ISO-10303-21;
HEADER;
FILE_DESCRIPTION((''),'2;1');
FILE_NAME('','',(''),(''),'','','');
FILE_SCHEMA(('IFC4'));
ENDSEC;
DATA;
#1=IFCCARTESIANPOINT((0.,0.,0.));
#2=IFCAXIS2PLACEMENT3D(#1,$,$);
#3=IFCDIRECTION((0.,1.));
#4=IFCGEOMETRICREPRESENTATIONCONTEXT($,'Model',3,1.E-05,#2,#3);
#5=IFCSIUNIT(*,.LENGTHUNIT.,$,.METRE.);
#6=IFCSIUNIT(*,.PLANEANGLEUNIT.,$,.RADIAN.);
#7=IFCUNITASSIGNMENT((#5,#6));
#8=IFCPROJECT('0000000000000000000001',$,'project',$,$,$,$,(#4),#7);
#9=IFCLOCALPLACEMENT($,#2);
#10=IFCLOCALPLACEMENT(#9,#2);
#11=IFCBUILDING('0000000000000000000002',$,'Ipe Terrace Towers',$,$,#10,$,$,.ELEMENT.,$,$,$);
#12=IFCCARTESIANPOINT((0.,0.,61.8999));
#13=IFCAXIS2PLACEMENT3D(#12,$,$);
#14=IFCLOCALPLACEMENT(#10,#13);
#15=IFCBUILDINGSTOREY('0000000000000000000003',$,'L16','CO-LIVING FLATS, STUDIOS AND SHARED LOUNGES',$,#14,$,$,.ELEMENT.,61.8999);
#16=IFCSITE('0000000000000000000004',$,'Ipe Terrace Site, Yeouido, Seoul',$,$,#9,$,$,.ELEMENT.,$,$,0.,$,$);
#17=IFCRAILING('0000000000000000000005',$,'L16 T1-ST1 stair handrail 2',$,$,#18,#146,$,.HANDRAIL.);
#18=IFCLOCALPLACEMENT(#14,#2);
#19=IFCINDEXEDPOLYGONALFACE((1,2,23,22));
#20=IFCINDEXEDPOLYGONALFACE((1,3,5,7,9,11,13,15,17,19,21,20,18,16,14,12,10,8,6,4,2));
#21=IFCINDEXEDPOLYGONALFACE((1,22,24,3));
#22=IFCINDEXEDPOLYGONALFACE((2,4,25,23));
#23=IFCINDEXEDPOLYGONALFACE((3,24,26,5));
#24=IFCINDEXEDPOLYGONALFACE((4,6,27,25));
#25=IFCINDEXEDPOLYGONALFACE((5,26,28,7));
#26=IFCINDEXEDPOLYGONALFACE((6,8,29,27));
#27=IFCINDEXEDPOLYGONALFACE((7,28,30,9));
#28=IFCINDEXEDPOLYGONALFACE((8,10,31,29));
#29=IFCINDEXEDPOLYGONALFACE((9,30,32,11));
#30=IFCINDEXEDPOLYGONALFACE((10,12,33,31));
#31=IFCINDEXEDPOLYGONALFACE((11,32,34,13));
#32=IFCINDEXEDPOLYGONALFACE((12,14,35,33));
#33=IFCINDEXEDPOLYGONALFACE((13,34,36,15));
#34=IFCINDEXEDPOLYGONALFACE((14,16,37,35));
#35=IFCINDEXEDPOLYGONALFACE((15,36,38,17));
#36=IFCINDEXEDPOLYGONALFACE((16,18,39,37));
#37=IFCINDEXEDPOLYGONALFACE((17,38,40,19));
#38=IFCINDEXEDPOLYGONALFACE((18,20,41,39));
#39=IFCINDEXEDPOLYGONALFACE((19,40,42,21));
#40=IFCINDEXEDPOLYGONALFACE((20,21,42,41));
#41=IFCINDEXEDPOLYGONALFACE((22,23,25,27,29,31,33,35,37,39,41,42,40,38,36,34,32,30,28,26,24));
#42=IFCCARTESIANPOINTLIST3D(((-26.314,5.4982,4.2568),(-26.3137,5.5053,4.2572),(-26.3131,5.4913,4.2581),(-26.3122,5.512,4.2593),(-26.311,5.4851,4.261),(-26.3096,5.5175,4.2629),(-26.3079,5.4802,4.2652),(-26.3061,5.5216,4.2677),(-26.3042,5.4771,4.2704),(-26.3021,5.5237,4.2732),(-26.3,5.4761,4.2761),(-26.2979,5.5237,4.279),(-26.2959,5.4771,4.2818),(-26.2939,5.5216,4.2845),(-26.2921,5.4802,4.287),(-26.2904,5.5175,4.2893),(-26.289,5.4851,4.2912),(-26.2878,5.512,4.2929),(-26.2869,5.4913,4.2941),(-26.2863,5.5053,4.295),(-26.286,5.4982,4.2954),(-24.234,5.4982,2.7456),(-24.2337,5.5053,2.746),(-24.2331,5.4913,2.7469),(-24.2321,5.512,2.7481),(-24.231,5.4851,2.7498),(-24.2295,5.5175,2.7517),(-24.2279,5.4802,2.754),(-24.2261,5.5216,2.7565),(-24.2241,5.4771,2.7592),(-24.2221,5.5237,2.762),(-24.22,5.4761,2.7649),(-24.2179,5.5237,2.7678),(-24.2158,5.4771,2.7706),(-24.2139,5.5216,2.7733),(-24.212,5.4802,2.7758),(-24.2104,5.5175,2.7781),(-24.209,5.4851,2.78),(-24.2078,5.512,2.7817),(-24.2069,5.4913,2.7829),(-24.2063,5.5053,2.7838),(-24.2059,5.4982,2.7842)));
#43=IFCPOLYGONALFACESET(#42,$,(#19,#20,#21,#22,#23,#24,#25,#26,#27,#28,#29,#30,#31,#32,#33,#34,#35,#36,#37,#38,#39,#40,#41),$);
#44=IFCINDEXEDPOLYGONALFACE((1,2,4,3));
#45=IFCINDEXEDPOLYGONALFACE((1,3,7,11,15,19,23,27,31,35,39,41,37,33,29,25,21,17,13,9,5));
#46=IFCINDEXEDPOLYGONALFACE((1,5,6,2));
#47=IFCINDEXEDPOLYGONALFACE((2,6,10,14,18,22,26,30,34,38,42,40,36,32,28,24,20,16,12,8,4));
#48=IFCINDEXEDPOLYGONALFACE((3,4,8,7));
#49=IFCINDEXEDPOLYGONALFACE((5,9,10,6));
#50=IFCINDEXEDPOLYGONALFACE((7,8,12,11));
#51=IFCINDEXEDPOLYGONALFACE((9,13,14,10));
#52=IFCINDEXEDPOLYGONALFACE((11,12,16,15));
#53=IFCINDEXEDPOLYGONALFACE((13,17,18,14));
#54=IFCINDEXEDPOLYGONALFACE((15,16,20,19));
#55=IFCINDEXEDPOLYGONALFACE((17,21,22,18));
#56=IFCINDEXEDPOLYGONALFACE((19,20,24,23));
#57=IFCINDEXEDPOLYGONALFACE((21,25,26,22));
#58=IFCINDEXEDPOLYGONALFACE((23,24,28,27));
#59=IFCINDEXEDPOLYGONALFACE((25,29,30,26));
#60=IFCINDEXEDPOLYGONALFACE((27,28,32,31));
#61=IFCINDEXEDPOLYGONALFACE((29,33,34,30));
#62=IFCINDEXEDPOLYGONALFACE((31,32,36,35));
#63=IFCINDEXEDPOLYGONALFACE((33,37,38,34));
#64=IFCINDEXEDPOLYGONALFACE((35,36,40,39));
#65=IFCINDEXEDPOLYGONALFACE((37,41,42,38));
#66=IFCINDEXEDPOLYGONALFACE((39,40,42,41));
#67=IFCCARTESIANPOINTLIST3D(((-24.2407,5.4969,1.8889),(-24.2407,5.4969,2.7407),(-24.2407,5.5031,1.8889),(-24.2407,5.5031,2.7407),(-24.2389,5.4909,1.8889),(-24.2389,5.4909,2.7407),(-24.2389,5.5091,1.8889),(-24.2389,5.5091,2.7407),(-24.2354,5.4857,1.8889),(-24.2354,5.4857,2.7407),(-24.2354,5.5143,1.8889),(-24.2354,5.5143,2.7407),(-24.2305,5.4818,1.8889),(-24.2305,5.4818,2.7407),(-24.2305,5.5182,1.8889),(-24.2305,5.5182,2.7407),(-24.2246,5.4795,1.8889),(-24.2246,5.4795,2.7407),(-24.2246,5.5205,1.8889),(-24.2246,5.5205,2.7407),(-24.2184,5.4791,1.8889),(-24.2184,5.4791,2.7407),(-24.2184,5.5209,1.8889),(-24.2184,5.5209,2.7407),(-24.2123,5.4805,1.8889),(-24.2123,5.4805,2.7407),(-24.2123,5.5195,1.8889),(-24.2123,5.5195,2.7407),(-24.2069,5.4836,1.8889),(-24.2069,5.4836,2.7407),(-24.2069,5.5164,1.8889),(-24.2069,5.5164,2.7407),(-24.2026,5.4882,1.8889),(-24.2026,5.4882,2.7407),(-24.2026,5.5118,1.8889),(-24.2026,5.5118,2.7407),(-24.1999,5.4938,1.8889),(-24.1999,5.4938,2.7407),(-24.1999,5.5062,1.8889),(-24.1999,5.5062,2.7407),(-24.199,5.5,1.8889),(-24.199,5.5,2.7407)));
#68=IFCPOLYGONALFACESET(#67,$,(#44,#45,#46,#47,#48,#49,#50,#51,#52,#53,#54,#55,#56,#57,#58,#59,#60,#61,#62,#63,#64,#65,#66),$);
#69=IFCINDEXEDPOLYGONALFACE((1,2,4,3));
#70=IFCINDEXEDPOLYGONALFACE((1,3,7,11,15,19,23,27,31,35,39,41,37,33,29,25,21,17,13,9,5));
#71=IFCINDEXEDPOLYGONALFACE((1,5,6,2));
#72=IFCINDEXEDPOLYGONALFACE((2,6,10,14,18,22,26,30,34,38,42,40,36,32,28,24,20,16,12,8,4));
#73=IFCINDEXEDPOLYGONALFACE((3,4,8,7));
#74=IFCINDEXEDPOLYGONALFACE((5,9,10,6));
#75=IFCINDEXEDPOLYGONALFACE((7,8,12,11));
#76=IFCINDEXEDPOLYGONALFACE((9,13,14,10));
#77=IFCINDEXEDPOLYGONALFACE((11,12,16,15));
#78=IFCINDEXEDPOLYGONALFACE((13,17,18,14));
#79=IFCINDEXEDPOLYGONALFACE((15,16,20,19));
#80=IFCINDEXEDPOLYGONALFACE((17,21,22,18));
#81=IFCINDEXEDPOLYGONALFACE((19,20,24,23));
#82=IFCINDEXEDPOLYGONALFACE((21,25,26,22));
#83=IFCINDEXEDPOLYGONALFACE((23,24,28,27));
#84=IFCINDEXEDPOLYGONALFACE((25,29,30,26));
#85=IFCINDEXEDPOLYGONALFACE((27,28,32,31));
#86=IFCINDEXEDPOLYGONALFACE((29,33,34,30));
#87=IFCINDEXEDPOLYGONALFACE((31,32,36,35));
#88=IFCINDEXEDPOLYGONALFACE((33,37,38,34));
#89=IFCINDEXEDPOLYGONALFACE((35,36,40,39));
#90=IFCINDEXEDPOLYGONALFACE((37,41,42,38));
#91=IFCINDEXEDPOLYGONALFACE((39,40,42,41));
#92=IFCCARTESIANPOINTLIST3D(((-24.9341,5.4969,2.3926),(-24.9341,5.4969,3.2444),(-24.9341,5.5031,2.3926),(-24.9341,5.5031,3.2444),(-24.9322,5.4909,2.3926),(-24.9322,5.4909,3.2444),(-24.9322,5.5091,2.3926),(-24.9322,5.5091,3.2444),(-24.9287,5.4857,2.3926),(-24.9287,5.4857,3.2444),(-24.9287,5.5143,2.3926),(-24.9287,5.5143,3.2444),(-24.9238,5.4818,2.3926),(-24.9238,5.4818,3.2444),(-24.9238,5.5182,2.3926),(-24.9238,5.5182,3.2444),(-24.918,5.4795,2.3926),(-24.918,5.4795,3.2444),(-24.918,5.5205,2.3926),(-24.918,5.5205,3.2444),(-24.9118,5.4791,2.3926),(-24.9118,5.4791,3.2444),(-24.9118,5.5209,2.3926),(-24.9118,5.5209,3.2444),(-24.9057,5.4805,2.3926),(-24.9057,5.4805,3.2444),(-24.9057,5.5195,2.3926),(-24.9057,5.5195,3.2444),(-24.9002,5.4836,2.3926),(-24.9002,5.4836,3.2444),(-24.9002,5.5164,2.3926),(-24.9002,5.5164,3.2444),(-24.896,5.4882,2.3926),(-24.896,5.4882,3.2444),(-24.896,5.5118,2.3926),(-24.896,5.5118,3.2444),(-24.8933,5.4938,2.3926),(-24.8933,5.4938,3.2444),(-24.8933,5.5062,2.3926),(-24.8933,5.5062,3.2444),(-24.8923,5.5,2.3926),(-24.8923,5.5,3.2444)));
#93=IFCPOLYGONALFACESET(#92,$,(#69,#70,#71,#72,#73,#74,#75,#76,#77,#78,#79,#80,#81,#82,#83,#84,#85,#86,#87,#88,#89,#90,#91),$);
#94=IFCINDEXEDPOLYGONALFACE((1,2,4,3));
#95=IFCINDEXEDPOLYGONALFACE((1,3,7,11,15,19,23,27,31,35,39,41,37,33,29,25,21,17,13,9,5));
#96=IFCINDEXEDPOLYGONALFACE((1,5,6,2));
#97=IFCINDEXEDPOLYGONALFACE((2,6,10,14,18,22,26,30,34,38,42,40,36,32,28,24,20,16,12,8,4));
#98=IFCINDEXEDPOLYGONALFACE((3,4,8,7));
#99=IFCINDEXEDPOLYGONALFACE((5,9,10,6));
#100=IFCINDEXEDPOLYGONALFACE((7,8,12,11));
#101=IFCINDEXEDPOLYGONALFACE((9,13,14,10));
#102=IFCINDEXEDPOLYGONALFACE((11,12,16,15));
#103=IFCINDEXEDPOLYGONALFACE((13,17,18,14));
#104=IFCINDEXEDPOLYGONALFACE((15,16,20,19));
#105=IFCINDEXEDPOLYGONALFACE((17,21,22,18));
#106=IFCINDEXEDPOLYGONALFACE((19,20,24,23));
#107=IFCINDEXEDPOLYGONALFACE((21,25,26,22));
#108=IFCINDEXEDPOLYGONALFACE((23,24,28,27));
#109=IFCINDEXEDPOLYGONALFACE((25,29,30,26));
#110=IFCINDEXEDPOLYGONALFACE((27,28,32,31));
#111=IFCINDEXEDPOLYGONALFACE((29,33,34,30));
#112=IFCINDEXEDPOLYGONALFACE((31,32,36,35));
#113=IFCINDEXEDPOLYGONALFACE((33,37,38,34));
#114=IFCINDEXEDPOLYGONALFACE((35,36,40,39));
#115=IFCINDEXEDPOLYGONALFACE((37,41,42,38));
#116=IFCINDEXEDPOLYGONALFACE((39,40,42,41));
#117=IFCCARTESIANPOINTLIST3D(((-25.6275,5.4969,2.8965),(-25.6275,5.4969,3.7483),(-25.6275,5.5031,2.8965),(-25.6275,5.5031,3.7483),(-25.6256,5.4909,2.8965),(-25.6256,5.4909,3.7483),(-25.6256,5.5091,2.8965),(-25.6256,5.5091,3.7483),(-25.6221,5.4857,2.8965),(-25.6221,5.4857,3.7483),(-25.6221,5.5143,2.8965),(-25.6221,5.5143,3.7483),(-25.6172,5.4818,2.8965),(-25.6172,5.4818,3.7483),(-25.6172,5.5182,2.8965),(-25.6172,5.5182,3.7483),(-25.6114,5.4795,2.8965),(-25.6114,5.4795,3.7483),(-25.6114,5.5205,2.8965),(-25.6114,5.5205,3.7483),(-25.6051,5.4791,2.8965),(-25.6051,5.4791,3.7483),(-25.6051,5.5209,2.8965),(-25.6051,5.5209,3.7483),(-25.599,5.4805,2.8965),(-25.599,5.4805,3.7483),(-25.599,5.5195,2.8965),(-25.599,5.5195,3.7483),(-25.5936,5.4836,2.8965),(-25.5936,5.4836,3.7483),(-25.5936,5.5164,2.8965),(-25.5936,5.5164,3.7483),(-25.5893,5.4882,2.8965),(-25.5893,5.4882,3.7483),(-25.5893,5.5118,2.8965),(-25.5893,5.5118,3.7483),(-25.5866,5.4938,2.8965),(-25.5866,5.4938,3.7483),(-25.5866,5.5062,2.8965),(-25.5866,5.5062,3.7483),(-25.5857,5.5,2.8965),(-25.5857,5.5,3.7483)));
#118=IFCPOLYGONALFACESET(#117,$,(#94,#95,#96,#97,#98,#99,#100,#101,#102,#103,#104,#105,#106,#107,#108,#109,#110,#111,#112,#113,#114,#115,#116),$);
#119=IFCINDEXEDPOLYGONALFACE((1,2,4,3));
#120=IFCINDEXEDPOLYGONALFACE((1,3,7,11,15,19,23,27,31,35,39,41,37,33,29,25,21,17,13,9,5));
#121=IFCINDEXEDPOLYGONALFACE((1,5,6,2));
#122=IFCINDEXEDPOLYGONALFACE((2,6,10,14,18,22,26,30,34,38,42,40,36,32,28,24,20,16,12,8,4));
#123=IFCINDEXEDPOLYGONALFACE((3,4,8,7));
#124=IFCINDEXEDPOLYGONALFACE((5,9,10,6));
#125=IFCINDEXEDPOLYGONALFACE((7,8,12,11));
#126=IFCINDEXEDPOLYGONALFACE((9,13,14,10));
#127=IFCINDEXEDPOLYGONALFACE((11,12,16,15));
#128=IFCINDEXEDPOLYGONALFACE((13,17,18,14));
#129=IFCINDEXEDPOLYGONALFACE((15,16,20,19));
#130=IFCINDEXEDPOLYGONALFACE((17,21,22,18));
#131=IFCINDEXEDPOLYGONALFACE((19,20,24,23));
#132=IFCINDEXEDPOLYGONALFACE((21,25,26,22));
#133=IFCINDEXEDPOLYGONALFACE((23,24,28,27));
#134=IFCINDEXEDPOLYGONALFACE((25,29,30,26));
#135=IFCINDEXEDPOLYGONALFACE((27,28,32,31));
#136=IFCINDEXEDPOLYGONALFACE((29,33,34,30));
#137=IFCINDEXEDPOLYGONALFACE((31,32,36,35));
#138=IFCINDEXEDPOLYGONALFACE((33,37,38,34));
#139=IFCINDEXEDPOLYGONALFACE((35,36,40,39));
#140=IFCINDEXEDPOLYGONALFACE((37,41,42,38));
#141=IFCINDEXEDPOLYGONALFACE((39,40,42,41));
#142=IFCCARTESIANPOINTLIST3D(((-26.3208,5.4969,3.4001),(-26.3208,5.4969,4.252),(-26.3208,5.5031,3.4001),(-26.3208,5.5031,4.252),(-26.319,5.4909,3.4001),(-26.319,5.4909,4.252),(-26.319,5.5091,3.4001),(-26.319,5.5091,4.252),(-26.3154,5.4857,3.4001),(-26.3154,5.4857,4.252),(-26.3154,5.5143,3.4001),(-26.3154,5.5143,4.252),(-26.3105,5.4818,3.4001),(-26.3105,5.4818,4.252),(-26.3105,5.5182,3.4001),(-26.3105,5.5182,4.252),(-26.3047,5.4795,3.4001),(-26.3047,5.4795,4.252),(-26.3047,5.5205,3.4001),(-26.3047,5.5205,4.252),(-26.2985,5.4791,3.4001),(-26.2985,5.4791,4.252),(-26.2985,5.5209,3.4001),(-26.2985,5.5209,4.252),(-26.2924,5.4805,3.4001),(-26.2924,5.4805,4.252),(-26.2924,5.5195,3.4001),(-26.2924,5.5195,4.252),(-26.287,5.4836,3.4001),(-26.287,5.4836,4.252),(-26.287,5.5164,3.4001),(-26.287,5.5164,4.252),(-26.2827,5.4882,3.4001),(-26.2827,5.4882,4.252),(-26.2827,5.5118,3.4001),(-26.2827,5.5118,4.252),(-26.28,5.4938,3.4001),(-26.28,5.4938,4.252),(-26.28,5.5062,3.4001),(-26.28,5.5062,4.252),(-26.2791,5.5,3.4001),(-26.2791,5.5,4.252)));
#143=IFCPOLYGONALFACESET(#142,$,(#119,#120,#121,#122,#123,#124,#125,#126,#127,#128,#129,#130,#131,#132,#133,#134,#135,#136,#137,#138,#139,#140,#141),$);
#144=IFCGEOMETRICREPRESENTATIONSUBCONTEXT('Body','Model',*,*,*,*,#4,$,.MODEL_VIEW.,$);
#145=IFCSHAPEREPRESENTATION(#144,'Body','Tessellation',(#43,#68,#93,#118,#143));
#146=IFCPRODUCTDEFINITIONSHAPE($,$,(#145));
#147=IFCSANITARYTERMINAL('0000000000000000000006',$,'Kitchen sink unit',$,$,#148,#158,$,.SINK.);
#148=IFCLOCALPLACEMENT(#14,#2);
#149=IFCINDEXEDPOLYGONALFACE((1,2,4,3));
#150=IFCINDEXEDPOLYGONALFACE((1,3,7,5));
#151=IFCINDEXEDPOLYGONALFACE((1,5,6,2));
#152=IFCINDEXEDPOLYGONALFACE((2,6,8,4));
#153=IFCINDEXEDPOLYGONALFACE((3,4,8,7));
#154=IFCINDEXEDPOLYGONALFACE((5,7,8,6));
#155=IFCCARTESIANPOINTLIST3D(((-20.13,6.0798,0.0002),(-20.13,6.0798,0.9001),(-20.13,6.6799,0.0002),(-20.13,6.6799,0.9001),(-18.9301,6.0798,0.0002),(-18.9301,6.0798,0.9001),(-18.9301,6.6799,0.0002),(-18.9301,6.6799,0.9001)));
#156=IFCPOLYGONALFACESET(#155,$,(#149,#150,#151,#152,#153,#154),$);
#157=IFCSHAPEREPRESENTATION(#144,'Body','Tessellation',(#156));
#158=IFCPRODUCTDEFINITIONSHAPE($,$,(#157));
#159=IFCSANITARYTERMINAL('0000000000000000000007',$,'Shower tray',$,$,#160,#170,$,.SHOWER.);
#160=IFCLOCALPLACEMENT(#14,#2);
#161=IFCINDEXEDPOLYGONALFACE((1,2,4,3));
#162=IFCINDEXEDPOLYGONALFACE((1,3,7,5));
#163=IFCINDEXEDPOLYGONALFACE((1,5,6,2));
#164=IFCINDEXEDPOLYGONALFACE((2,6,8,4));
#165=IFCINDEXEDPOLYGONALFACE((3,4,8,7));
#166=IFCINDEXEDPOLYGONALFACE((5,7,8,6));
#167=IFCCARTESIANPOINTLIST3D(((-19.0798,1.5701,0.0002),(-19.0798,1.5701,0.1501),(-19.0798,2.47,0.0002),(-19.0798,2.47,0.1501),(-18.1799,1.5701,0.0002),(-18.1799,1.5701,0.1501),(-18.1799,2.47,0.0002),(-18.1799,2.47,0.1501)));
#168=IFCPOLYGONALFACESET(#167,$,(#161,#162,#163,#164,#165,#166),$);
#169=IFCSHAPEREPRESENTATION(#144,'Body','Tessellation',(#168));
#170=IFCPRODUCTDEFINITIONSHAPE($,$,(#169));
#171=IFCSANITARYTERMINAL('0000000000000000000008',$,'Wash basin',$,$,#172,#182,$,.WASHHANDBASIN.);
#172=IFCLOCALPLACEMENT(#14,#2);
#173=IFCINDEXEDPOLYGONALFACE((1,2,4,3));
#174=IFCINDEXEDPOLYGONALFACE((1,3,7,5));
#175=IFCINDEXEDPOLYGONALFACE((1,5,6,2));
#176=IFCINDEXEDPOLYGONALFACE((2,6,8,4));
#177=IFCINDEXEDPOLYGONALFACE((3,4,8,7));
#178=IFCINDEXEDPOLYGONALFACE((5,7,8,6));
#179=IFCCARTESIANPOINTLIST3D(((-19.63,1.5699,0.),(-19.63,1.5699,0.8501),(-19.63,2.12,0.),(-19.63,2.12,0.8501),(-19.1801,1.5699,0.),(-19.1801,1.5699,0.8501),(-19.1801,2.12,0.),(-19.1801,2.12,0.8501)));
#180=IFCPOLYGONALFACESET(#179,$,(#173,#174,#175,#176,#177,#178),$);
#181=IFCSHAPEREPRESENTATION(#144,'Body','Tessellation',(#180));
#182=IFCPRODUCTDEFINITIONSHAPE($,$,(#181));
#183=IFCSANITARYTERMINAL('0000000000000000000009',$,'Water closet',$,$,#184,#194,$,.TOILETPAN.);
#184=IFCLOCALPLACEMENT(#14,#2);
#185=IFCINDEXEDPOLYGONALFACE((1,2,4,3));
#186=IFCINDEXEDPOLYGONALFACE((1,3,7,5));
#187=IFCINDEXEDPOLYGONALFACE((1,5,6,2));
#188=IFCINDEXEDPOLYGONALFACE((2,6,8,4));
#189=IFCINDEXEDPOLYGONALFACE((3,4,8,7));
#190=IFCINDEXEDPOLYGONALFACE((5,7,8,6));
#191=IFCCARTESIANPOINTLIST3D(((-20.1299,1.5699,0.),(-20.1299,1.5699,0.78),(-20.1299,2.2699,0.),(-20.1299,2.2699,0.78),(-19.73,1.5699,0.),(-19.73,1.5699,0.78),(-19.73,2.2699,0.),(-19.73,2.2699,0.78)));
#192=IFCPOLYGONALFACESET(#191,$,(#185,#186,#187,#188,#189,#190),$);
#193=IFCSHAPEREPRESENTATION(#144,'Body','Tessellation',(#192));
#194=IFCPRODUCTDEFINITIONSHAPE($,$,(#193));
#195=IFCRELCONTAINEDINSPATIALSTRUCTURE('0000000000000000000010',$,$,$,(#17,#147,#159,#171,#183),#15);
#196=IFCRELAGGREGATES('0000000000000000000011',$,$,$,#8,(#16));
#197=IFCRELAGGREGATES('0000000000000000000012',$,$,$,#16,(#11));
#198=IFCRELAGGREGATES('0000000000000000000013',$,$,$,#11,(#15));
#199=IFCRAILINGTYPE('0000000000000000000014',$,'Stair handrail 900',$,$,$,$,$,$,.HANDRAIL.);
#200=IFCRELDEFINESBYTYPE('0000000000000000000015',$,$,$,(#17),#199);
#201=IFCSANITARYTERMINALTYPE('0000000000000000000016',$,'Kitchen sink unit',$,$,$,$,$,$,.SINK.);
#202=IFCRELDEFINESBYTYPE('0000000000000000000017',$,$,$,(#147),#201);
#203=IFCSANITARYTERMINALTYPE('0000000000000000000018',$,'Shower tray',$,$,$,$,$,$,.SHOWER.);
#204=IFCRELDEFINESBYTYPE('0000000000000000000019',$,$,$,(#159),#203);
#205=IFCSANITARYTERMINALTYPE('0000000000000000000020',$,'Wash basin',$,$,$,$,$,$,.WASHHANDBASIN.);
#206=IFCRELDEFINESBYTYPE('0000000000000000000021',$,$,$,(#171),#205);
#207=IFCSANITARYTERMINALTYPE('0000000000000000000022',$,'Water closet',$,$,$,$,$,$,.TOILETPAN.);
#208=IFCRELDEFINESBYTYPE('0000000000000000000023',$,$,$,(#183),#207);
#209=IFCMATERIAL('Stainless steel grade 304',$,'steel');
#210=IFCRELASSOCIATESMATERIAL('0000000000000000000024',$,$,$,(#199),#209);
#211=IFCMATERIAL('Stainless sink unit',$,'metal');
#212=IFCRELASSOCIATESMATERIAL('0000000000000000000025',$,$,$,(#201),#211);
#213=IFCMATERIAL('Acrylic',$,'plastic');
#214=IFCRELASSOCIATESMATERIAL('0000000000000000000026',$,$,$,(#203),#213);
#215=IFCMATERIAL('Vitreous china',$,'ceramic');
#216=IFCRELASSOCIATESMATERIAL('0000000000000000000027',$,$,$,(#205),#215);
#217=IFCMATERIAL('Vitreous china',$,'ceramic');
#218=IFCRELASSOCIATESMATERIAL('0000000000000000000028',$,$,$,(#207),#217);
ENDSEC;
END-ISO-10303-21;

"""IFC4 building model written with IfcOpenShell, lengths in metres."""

from ifc_helpers import new_model, si_unit, direction, frame, origin, origin_2d, place, context, subcontext, project, spatial, rectangle, circle, extrude, material, type_object, element, save


model = new_model("IFC4")

# Units and contexts
model_context = context("Model", 3, precision=1e-05, world=origin(), true_north=direction((0.0, 1.0)))
body_context = subcontext(model_context, "Body", "Model", "MODEL_VIEW")
ifc_project = project(units=[si_unit("LENGTHUNIT", "METRE"), si_unit("PLANEANGLEUNIT", "RADIAN")], contexts=[model_context])

# Site, building, storey
site_placement = place(None, origin())
site = spatial("IfcSite", under=ifc_project, at=site_placement, Name="Ipe Terrace Site, Yeouido, Seoul", CompositionType="ELEMENT", RefElevation=0.0)
building_placement = place(site_placement, origin())
building = spatial("IfcBuilding", under=site, at=building_placement, Name="Ipe Terrace Towers", CompositionType="ELEMENT")
storey_placement = place(building_placement, frame((0.0, 0.0, 61.8999)))
storey = spatial("IfcBuildingStorey", under=building, at=storey_placement, Name="L16", Description="CO-LIVING FLATS, STUDIOS AND SHARED LOUNGES", CompositionType="ELEMENT", Elevation=61.8999)

# Railing
ifc_material_1 = material(Name="Stainless steel grade 304", Category="steel")
railing_type_1 = type_object("IfcRailingType", Name="Stair handrail 900", PredefinedType="HANDRAIL", material=ifc_material_1)
railing_1_placement = place(storey_placement, frame((-24.22, 5.5, 1.8889)))
element("IfcRailing", 1, at=railing_1_placement, inside=storey, type_object=railing_type_1, Name="L16 T1-ST1 stair handrail 2", PredefinedType="HANDRAIL", context=body_context, shape_type="SweptSolid", body=[
    extrude(circle(Radius=0.0239, at=origin_2d()), frame((0.0, 0.0, 0.876), z_axis=(-0.809023, 0.0, 0.587776), x_axis=(0.0, -1.0, 0.0)), (0.0, 0.0, 1.0), 2.571),
    extrude(circle(Radius=0.021, at=origin_2d()), origin(), (0.0, 0.0, 1.0), 0.8518),
    extrude(circle(Radius=0.021, at=origin_2d()), frame((-0.6934, 0.0, 0.5037)), (0.0, 0.0, 1.0), 0.8518),
    extrude(circle(Radius=0.021, at=origin_2d()), frame((-1.3867, 0.0, 1.0076)), (0.0, 0.0, 1.0), 0.8518),
    extrude(circle(Radius=0.021, at=origin_2d()), frame((-2.0801, 0.0, 1.5112)), (0.0, 0.0, 1.0), 0.8518),
])

# Sanitary terminals
ifc_material_2 = material(Name="Stainless sink unit", Category="metal")
sanitary_terminal_type_1 = type_object("IfcSanitaryTerminalType", Name="Kitchen sink unit", PredefinedType="SINK", material=ifc_material_2)
sanitary_terminal_1_placement = place(storey_placement, frame((-19.53, 6.3799, 0.0002), z_axis=(0.0, 0.0, 1.0), x_axis=(1.0, 0.0, 0.0)))
element("IfcSanitaryTerminal", 2, at=sanitary_terminal_1_placement, inside=storey, type_object=sanitary_terminal_type_1, Name="Kitchen sink unit", PredefinedType="SINK", context=body_context, shape_type="SweptSolid", body=[
    extrude(rectangle(XDim=1.2, YDim=0.6001, at=origin_2d()), origin(), (0.0, 0.0, 1.0), 0.8999),
])
ifc_material_3 = material(Name="Acrylic", Category="plastic")
sanitary_terminal_type_2 = type_object("IfcSanitaryTerminalType", Name="Shower tray", PredefinedType="SHOWER", material=ifc_material_3)
sanitary_terminal_2_placement = place(storey_placement, frame((-18.6299, 2.02, 0.0002), z_axis=(0.0, 0.0, 1.0), x_axis=(0.0, 1.0, 0.0)))
element("IfcSanitaryTerminal", 3, at=sanitary_terminal_2_placement, inside=storey, type_object=sanitary_terminal_type_2, Name="Shower tray", PredefinedType="SHOWER", context=body_context, shape_type="SweptSolid", body=[
    extrude(rectangle(XDim=0.8999, YDim=0.8999, at=origin_2d()), origin(), (0.0, 0.0, 1.0), 0.1499),
])
ifc_material_4 = material(Name="Vitreous china", Category="ceramic")
sanitary_terminal_type_3 = type_object("IfcSanitaryTerminalType", Name="Wash basin", PredefinedType="WASHHANDBASIN", material=ifc_material_4)
sanitary_terminal_3_placement = place(storey_placement, frame((-19.405, 1.845, 0.0), z_axis=(0.0, 0.0, 1.0), x_axis=(0.0, 1.0, 0.0)))
element("IfcSanitaryTerminal", 4, at=sanitary_terminal_3_placement, inside=storey, type_object=sanitary_terminal_type_3, Name="Wash basin", PredefinedType="WASHHANDBASIN", context=body_context, shape_type="SweptSolid", body=[
    extrude(rectangle(XDim=0.55, YDim=0.45, at=origin_2d()), origin(), (0.0, 0.0, 1.0), 0.8501),
])
ifc_material_5 = material(Name="Vitreous china", Category="ceramic")
sanitary_terminal_type_4 = type_object("IfcSanitaryTerminalType", Name="Water closet", PredefinedType="TOILETPAN", material=ifc_material_5)
sanitary_terminal_4_placement = place(storey_placement, frame((-19.9299, 1.9199, 0.0), z_axis=(0.0, 0.0, 1.0), x_axis=(0.0, 1.0, 0.0)))
element("IfcSanitaryTerminal", 5, at=sanitary_terminal_4_placement, inside=storey, type_object=sanitary_terminal_type_4, Name="Water closet", PredefinedType="TOILETPAN", context=body_context, shape_type="SweptSolid", body=[
    extrude(rectangle(XDim=0.7, YDim=0.3999, at=origin_2d()), origin(), (0.0, 0.0, 1.0), 0.78),
])

save(model, "model.ifc")
